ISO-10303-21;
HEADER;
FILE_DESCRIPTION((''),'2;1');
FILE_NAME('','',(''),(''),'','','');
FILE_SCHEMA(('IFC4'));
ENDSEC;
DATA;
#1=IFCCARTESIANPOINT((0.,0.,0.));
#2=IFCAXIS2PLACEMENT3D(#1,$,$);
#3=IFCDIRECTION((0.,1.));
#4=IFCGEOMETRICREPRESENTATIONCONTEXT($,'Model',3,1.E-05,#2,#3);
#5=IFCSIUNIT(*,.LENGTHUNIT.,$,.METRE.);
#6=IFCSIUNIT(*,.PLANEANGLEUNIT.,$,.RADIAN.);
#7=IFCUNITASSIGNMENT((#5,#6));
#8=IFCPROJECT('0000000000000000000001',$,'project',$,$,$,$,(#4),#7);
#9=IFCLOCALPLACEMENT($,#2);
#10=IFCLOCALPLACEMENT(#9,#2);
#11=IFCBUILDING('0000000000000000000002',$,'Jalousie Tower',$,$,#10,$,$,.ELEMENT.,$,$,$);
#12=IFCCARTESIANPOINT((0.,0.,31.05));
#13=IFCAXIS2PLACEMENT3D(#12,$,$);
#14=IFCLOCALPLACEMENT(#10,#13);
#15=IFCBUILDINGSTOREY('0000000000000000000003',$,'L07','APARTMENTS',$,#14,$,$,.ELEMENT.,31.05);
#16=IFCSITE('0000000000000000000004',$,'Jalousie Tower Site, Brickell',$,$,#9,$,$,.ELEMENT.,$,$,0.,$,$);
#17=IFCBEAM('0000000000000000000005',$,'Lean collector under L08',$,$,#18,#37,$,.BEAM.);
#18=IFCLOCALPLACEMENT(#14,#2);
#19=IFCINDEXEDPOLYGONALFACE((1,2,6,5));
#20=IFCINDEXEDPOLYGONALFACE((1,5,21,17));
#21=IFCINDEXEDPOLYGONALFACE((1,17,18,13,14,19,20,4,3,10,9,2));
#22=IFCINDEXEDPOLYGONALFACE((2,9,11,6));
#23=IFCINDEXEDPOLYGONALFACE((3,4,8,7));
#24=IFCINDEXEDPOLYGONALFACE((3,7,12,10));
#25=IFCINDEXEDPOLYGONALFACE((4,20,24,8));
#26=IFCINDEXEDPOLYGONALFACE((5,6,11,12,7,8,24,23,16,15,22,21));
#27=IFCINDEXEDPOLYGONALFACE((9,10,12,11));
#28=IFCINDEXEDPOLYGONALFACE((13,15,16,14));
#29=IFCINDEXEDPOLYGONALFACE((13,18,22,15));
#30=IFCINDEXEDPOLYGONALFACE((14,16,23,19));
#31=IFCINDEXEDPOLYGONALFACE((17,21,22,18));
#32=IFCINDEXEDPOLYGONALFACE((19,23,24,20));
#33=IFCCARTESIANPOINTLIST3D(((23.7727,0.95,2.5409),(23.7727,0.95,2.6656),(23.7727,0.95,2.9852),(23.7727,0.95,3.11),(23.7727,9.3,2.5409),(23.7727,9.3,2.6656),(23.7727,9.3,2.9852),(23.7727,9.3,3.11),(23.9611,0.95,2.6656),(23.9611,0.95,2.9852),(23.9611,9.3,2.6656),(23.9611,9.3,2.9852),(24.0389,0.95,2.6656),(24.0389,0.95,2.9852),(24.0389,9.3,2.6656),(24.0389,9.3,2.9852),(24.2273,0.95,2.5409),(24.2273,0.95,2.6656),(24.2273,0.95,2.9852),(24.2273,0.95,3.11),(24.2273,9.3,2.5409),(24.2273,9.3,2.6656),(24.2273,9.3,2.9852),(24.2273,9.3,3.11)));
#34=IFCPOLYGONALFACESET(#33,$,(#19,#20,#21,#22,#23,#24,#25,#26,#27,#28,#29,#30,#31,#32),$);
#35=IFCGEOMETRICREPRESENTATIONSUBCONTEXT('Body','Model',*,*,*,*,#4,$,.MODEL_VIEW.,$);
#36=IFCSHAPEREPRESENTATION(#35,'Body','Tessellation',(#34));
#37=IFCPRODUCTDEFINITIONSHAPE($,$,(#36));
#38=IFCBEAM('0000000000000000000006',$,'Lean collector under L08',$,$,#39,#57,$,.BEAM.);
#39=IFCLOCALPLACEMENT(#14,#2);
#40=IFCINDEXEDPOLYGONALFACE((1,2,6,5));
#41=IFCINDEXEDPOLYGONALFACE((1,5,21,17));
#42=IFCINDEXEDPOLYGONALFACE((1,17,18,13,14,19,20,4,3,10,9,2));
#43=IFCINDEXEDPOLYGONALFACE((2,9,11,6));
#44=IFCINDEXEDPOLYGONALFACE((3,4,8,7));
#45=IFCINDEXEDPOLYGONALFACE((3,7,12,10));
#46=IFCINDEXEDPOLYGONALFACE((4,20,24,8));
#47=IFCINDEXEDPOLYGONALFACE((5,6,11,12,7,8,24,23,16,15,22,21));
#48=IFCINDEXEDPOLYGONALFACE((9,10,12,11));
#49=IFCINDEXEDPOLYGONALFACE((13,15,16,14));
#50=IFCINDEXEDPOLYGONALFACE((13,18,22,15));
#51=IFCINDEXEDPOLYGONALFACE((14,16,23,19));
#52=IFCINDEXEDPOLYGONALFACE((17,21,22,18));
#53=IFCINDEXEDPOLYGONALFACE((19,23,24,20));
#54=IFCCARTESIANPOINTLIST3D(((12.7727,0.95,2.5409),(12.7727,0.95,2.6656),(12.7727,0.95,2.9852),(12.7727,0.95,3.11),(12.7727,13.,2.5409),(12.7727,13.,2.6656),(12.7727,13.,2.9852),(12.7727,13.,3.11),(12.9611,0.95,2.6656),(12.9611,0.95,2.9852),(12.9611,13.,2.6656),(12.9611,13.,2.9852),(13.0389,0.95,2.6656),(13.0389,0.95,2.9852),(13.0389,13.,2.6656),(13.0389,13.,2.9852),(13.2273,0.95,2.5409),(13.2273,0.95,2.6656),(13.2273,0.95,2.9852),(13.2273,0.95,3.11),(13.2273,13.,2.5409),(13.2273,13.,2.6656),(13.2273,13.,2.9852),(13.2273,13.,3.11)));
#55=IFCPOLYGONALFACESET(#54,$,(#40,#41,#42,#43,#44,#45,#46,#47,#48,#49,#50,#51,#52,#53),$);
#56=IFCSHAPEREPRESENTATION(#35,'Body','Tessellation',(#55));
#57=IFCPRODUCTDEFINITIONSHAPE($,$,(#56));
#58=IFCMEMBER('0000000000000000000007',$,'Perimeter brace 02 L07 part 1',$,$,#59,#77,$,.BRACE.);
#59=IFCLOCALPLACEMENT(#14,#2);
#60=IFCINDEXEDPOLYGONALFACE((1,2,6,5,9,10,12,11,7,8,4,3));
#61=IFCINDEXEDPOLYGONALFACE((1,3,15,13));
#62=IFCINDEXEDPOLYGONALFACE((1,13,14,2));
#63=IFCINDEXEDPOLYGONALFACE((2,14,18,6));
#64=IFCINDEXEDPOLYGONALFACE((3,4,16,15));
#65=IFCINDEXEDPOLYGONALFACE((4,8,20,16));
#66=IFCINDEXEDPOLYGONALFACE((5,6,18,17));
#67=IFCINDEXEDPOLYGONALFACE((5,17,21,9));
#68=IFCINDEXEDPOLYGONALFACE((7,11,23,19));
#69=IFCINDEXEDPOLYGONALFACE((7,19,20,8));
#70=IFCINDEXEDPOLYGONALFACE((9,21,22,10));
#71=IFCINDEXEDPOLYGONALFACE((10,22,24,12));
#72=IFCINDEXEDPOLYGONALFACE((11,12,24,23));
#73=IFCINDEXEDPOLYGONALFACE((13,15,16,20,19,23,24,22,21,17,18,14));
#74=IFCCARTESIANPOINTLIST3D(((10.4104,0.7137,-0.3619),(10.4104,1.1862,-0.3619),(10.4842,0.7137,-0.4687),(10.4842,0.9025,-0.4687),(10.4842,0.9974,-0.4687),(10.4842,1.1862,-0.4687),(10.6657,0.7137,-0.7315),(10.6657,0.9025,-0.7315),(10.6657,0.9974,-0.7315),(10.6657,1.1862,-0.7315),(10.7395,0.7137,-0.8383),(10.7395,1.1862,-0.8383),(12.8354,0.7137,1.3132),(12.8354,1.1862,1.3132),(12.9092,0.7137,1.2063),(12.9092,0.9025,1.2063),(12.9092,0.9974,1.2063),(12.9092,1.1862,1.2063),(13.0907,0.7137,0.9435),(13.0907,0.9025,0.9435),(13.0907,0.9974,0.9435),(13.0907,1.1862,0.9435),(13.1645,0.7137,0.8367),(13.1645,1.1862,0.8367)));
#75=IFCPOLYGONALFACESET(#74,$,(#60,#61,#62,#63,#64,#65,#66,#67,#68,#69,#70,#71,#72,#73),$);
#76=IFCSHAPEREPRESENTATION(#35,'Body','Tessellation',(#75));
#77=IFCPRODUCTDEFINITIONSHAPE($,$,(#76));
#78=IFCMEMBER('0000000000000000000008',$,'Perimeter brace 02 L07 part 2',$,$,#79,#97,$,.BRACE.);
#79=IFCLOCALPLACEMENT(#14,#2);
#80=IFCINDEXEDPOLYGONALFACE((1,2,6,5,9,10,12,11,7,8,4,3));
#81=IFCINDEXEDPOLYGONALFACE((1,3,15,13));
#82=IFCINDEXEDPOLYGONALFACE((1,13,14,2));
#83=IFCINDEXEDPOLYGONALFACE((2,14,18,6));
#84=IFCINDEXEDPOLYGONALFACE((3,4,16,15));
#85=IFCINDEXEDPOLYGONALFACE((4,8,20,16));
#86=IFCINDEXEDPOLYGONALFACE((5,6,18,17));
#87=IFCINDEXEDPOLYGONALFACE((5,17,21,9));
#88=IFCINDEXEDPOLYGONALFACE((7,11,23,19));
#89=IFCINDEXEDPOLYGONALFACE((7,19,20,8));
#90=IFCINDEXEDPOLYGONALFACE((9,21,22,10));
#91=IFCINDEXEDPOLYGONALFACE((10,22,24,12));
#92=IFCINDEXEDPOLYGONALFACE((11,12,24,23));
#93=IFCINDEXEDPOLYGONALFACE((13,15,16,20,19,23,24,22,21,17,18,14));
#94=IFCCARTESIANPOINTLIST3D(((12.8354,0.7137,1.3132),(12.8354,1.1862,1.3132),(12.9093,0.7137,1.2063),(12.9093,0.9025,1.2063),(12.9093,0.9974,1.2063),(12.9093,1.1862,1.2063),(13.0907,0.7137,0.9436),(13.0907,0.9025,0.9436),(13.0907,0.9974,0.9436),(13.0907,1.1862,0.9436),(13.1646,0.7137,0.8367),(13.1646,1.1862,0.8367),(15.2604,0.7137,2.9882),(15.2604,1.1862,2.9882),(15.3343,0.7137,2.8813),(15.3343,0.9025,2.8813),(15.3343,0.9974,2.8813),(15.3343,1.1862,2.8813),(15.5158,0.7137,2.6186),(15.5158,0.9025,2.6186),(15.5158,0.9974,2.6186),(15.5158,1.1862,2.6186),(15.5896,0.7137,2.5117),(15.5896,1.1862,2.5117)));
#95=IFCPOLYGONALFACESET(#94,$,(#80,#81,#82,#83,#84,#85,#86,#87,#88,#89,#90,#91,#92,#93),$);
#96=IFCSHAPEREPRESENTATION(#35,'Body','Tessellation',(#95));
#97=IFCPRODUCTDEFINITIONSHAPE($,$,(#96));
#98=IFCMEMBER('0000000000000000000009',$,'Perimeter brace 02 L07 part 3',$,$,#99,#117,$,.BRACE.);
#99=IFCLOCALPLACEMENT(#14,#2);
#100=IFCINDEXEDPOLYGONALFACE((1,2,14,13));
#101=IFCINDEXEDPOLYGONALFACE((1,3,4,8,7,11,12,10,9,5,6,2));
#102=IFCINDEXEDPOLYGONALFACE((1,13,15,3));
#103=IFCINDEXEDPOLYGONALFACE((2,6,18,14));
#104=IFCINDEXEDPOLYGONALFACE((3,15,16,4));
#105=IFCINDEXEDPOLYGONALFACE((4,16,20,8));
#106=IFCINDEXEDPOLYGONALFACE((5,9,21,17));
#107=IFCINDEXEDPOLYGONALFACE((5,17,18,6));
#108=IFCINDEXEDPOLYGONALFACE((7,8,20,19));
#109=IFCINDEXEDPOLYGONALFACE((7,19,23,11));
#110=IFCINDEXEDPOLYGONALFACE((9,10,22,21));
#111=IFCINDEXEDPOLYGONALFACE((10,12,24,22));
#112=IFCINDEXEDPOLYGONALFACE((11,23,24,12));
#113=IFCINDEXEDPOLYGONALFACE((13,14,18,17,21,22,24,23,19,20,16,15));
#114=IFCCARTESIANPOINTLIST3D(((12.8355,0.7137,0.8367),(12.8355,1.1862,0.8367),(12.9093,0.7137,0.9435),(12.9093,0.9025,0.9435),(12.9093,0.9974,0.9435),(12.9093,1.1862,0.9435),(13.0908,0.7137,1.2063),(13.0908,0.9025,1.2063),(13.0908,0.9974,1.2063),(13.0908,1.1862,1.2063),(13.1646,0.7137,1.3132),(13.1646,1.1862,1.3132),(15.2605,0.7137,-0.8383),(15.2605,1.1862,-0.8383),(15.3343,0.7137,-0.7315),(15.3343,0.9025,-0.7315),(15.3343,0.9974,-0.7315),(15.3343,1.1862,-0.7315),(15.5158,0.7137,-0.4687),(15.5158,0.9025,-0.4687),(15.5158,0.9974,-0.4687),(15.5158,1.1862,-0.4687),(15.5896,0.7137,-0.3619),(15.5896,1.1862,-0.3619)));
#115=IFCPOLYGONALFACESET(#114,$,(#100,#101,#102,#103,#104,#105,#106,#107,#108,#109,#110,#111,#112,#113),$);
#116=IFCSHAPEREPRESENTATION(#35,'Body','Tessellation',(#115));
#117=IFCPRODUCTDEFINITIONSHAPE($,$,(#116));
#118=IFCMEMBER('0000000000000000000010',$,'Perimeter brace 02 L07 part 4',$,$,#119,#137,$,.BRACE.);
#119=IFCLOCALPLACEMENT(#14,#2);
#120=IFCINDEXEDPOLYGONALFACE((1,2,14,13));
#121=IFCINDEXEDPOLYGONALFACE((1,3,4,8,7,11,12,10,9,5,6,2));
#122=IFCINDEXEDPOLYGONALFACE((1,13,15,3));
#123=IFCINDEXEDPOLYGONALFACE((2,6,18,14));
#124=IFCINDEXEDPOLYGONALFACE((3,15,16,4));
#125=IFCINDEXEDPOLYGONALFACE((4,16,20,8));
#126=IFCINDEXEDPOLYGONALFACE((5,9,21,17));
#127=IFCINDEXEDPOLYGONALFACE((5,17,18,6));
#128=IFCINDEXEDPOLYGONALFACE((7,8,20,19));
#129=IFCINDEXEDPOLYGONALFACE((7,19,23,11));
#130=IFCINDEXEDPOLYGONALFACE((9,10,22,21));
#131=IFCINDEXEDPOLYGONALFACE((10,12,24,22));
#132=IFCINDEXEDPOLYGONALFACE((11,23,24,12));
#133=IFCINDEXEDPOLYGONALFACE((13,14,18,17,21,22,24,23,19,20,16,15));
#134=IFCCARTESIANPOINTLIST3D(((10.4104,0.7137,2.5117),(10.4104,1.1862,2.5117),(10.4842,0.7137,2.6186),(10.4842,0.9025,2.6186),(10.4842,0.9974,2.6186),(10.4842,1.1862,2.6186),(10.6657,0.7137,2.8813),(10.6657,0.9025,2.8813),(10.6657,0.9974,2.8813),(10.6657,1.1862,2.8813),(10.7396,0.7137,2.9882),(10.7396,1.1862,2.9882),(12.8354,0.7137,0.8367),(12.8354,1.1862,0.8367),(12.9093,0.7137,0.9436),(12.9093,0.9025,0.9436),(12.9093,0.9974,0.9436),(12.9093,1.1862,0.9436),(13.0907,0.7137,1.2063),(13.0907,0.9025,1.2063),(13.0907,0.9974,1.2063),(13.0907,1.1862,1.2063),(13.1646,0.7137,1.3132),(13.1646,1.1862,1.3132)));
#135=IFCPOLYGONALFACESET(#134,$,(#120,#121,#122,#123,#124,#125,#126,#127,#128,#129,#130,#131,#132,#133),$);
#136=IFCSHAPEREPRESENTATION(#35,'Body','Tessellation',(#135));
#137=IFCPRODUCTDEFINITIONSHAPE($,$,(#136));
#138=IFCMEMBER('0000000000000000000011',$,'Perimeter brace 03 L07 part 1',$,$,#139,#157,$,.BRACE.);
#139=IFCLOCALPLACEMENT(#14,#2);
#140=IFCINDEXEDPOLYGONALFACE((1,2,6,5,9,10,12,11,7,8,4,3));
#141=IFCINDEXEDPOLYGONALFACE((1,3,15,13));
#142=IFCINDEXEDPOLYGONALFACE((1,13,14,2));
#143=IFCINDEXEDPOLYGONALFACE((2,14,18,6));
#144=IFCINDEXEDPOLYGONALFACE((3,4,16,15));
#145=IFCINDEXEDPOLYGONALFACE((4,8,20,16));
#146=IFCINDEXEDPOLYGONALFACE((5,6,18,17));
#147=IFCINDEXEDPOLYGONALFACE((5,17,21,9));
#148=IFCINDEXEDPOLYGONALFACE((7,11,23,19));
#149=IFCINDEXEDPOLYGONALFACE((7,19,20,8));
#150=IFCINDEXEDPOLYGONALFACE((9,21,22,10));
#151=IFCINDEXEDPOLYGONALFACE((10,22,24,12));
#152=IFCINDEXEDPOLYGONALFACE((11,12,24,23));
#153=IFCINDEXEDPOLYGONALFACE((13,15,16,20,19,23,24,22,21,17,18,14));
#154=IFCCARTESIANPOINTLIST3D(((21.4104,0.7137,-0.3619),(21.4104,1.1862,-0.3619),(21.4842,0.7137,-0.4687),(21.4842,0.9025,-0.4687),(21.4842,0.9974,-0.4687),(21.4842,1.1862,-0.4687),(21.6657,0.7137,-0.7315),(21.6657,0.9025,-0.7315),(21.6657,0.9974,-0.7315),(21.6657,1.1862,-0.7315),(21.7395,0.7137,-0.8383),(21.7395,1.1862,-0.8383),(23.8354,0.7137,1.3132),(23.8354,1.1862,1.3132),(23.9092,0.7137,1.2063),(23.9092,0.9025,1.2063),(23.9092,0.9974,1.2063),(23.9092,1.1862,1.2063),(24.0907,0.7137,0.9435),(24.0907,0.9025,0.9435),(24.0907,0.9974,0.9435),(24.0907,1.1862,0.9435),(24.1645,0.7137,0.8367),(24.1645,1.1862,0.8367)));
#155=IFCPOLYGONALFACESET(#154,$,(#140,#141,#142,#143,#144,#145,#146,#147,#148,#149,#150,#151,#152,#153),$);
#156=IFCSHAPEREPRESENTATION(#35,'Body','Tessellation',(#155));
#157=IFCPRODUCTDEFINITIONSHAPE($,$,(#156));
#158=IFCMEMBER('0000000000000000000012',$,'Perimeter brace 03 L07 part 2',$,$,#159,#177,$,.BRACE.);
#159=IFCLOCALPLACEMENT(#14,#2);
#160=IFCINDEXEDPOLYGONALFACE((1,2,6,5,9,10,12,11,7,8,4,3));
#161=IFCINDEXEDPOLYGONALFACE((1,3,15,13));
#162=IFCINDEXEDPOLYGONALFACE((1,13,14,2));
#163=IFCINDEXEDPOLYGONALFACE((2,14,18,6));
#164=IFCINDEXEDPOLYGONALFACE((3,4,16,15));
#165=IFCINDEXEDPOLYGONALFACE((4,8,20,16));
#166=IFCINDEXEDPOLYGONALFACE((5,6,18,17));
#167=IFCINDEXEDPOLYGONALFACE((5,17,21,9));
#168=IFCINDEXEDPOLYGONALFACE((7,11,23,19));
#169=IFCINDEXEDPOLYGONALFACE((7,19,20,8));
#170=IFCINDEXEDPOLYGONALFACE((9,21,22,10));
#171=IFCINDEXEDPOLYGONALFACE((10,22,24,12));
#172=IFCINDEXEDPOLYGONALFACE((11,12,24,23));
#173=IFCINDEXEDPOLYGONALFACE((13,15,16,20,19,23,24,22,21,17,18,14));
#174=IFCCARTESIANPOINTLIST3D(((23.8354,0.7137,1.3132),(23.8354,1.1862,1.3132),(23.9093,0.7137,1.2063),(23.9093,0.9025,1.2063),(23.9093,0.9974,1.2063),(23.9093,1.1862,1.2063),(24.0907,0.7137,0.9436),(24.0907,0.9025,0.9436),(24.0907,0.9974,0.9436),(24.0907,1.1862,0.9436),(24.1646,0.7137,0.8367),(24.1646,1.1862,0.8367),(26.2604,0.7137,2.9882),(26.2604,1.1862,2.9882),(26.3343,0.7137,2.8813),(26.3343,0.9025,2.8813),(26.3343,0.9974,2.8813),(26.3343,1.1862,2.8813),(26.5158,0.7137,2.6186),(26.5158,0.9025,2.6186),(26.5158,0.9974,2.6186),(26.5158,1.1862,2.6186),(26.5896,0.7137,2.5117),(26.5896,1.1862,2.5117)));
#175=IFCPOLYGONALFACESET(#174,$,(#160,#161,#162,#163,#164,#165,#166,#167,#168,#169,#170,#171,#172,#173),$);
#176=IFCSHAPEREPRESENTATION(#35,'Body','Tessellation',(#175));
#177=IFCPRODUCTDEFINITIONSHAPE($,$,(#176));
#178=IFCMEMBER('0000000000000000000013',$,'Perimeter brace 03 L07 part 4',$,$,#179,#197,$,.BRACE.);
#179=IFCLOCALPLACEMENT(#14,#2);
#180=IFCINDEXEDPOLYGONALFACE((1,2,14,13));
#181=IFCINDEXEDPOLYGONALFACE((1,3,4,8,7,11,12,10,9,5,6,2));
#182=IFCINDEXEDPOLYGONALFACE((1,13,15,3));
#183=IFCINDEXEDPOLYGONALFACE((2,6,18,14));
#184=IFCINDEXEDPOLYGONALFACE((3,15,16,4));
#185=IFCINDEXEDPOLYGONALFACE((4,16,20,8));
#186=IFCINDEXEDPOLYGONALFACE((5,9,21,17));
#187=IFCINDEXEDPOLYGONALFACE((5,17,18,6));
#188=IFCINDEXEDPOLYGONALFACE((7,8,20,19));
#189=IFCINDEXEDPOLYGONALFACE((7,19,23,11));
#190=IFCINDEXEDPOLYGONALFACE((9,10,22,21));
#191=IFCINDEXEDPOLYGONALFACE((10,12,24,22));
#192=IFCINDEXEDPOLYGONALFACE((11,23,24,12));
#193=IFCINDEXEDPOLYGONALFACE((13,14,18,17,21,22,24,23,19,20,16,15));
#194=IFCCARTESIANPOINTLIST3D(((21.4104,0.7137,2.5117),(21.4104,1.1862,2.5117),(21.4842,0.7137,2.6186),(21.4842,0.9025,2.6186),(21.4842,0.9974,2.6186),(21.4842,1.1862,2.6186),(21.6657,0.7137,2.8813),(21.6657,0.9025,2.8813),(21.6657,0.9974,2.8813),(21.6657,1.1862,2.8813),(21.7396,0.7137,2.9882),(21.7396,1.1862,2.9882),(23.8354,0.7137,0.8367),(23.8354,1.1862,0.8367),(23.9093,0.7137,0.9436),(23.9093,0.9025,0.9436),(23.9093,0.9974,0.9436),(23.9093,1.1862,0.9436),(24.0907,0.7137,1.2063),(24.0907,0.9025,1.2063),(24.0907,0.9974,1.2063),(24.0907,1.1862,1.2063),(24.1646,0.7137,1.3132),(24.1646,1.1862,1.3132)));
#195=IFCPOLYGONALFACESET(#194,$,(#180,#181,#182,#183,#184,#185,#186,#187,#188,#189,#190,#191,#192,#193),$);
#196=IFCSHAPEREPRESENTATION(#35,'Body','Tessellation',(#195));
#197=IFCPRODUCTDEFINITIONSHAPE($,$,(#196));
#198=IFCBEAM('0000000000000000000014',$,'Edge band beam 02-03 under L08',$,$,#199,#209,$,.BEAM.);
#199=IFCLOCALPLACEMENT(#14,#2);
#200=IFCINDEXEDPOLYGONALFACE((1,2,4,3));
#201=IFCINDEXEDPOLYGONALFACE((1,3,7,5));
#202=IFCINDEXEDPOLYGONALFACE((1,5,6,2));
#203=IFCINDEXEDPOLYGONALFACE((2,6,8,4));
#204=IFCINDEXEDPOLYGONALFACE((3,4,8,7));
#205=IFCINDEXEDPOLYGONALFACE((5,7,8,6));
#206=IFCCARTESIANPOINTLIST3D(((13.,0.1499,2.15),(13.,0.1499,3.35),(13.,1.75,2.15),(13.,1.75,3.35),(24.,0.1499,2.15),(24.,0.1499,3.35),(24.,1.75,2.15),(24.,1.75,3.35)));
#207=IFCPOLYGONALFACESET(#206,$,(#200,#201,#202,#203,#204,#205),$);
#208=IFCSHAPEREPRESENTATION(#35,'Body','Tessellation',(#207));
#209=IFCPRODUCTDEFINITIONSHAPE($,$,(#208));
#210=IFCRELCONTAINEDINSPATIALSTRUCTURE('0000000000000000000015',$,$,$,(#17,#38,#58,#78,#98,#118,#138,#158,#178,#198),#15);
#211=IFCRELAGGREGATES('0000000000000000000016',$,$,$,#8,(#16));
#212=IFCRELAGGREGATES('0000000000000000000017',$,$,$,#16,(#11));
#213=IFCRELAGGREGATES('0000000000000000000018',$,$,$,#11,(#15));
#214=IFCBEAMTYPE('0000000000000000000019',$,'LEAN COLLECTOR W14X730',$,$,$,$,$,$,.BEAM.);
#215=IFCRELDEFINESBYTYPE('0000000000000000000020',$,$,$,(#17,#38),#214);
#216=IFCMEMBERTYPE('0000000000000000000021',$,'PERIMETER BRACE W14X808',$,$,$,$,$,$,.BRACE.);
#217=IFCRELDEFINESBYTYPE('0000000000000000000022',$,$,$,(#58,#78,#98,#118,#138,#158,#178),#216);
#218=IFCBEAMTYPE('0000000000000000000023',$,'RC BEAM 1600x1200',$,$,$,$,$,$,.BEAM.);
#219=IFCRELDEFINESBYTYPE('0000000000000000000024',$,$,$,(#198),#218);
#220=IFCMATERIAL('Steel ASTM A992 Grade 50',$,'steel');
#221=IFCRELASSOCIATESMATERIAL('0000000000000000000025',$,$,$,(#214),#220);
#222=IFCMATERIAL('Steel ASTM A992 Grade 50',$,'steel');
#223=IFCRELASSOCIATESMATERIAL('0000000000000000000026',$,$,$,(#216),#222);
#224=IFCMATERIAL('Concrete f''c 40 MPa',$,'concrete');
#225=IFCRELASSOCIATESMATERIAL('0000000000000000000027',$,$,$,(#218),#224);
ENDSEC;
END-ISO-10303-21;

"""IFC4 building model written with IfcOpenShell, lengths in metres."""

from ifc_helpers import new_model, si_unit, direction, frame, origin, origin_2d, place, context, subcontext, project, spatial, rectangle, i_section, extrude, material, material_profile, profile_set, type_object, element, save


model = new_model("IFC4")

# Units and contexts
model_context = context("Model", 3, precision=1e-05, world=origin(), true_north=direction((0.0, 1.0)))
body_context = subcontext(model_context, "Body", "Model", "MODEL_VIEW")
ifc_project = project(units=[si_unit("LENGTHUNIT", "METRE"), si_unit("PLANEANGLEUNIT", "RADIAN")], contexts=[model_context])

# Site, building, storey
site_placement = place(None, origin())
site = spatial("IfcSite", under=ifc_project, at=site_placement, Name="Jalousie Tower Site, Brickell", CompositionType="ELEMENT", RefElevation=0.0)
building_placement = place(site_placement, origin())
building = spatial("IfcBuilding", under=site, at=building_placement, Name="Jalousie Tower", CompositionType="ELEMENT")
storey_placement = place(building_placement, frame((0.0, 0.0, 31.05)))
storey = spatial("IfcBuildingStorey", under=building, at=storey_placement, Name="L07", Description="APARTMENTS", CompositionType="ELEMENT", Elevation=31.05)

# Beams
ifc_material_1 = material(Name="Steel ASTM A992 Grade 50", Category="steel")
ifc_material_profile_1 = material_profile(ifc_material_1, i_section(OverallWidth=0.4546, OverallDepth=0.5691, WebThickness=0.0779, FlangeThickness=0.1248, at=origin_2d()), Name="W14X730")
ifc_profile_set_1 = profile_set([ifc_material_profile_1], Name="Steel ASTM A992 Grade 50")
beam_type_1 = type_object("IfcBeamType", Name="LEAN COLLECTOR W14X730", PredefinedType="BEAM", material=ifc_profile_set_1)
beam_1_placement = place(storey_placement, frame((24.0, 0.95, 2.8254), z_axis=(0.0, 1.0, 0.0), x_axis=(-1.0, 0.0, 0.0)))
element("IfcBeam", 1, at=beam_1_placement, inside=storey, type_object=beam_type_1, Name="Lean collector under L08", PredefinedType="BEAM", context=body_context, shape_type="SweptSolid", body=[
    extrude(i_section(OverallWidth=0.4546, OverallDepth=0.5691, WebThickness=0.0779, FlangeThickness=0.1248, at=origin_2d()), origin(), (0.0, 0.0, 1.0), 8.3501),
])
beam_2_placement = place(storey_placement, frame((13.0, 0.95, 2.8254), z_axis=(0.0, 1.0, 0.0), x_axis=(-1.0, 0.0, 0.0)))
element("IfcBeam", 2, at=beam_2_placement, inside=storey, type_object=beam_type_1, Name="Lean collector under L08", PredefinedType="BEAM", context=body_context, shape_type="SweptSolid", body=[
    extrude(i_section(OverallWidth=0.4546, OverallDepth=0.5691, WebThickness=0.0779, FlangeThickness=0.1248, at=origin_2d()), origin(), (0.0, 0.0, 1.0), 12.05),
])

# Members
ifc_material_2 = material(Name="Steel ASTM A992 Grade 50", Category="steel")
ifc_material_profile_2 = material_profile(ifc_material_2, i_section(OverallWidth=0.4724, OverallDepth=0.5791, WebThickness=0.095, FlangeThickness=0.1299, at=origin_2d()), Name="W14X808")
ifc_profile_set_2 = profile_set([ifc_material_profile_2], Name="Steel ASTM A992 Grade 50")
member_type_1 = type_object("IfcMemberType", Name="PERIMETER BRACE W14X808", PredefinedType="BRACE", material=ifc_profile_set_2)
for number, where, z_axis, x_axis, name in (
    (3, (10.575, 0.95, -0.6001), (0.8228, 0.0, 0.568331), (0.0, 1.0, 0.0), "Perimeter brace 02 L07 part 1"),
    (4, (13.0, 0.95, 1.075), (0.8228, 0.0, 0.568331), (0.0, 1.0, 0.0), "Perimeter brace 02 L07 part 2"),
    (5, (15.425, 0.95, -0.6001), (-0.8228, 0.0, 0.568331), (0.0, -1.0, 0.0), "Perimeter brace 02 L07 part 3"),
    (6, (13.0, 0.95, 1.075), (-0.8228, 0.0, 0.568331), (0.0, -1.0, 0.0), "Perimeter brace 02 L07 part 4"),
    (7, (21.575, 0.95, -0.6001), (0.8228, 0.0, 0.568331), (0.0, 1.0, 0.0), "Perimeter brace 03 L07 part 1"),
    (8, (24.0, 0.95, 1.075), (0.8228, 0.0, 0.568331), (0.0, 1.0, 0.0), "Perimeter brace 03 L07 part 2"),
    (9, (24.0, 0.95, 1.075), (-0.8228, 0.0, 0.568331), (0.0, -1.0, 0.0), "Perimeter brace 03 L07 part 4"),
):
    element("IfcMember", number, at=place(storey_placement, frame(where, z_axis=z_axis, x_axis=x_axis)), inside=storey, type_object=member_type_1, Name=name, PredefinedType="BRACE", context=body_context, shape_type="SweptSolid", body=[
        extrude(i_section(OverallWidth=0.4724, OverallDepth=0.5791, WebThickness=0.095, FlangeThickness=0.1299, at=origin_2d()), origin(), (0.0, 0.0, 1.0), 2.9473),
    ])

# Beam
ifc_material_3 = material(Name="Concrete f'c 40 MPa", Category="concrete")
ifc_material_profile_3 = material_profile(ifc_material_3, rectangle(XDim=1.6001, YDim=1.2, at=origin_2d()), Name="RC 1600x1200")
ifc_profile_set_3 = profile_set([ifc_material_profile_3], Name="Concrete f'c 40 MPa")
beam_type_2 = type_object("IfcBeamType", Name="RC BEAM 1600x1200", PredefinedType="BEAM", material=ifc_profile_set_3)
for number, where, z_axis, x_axis, name in (
    (10, (13.0, 0.95, 2.75), (1.0, 0.0, 0.0), (0.0, 1.0, 0.0), "Edge band beam 02-03 under L08"),
):
    element("IfcBeam", number, at=place(storey_placement, frame(where, z_axis=z_axis, x_axis=x_axis)), inside=storey, type_object=beam_type_2, Name=name, PredefinedType="BEAM", context=body_context, shape_type="SweptSolid", body=[
        extrude(rectangle(XDim=1.6001, YDim=1.2, at=origin_2d()), origin(), (0.0, 0.0, 1.0), 11.0),
    ])

save(model, "model.ifc")
